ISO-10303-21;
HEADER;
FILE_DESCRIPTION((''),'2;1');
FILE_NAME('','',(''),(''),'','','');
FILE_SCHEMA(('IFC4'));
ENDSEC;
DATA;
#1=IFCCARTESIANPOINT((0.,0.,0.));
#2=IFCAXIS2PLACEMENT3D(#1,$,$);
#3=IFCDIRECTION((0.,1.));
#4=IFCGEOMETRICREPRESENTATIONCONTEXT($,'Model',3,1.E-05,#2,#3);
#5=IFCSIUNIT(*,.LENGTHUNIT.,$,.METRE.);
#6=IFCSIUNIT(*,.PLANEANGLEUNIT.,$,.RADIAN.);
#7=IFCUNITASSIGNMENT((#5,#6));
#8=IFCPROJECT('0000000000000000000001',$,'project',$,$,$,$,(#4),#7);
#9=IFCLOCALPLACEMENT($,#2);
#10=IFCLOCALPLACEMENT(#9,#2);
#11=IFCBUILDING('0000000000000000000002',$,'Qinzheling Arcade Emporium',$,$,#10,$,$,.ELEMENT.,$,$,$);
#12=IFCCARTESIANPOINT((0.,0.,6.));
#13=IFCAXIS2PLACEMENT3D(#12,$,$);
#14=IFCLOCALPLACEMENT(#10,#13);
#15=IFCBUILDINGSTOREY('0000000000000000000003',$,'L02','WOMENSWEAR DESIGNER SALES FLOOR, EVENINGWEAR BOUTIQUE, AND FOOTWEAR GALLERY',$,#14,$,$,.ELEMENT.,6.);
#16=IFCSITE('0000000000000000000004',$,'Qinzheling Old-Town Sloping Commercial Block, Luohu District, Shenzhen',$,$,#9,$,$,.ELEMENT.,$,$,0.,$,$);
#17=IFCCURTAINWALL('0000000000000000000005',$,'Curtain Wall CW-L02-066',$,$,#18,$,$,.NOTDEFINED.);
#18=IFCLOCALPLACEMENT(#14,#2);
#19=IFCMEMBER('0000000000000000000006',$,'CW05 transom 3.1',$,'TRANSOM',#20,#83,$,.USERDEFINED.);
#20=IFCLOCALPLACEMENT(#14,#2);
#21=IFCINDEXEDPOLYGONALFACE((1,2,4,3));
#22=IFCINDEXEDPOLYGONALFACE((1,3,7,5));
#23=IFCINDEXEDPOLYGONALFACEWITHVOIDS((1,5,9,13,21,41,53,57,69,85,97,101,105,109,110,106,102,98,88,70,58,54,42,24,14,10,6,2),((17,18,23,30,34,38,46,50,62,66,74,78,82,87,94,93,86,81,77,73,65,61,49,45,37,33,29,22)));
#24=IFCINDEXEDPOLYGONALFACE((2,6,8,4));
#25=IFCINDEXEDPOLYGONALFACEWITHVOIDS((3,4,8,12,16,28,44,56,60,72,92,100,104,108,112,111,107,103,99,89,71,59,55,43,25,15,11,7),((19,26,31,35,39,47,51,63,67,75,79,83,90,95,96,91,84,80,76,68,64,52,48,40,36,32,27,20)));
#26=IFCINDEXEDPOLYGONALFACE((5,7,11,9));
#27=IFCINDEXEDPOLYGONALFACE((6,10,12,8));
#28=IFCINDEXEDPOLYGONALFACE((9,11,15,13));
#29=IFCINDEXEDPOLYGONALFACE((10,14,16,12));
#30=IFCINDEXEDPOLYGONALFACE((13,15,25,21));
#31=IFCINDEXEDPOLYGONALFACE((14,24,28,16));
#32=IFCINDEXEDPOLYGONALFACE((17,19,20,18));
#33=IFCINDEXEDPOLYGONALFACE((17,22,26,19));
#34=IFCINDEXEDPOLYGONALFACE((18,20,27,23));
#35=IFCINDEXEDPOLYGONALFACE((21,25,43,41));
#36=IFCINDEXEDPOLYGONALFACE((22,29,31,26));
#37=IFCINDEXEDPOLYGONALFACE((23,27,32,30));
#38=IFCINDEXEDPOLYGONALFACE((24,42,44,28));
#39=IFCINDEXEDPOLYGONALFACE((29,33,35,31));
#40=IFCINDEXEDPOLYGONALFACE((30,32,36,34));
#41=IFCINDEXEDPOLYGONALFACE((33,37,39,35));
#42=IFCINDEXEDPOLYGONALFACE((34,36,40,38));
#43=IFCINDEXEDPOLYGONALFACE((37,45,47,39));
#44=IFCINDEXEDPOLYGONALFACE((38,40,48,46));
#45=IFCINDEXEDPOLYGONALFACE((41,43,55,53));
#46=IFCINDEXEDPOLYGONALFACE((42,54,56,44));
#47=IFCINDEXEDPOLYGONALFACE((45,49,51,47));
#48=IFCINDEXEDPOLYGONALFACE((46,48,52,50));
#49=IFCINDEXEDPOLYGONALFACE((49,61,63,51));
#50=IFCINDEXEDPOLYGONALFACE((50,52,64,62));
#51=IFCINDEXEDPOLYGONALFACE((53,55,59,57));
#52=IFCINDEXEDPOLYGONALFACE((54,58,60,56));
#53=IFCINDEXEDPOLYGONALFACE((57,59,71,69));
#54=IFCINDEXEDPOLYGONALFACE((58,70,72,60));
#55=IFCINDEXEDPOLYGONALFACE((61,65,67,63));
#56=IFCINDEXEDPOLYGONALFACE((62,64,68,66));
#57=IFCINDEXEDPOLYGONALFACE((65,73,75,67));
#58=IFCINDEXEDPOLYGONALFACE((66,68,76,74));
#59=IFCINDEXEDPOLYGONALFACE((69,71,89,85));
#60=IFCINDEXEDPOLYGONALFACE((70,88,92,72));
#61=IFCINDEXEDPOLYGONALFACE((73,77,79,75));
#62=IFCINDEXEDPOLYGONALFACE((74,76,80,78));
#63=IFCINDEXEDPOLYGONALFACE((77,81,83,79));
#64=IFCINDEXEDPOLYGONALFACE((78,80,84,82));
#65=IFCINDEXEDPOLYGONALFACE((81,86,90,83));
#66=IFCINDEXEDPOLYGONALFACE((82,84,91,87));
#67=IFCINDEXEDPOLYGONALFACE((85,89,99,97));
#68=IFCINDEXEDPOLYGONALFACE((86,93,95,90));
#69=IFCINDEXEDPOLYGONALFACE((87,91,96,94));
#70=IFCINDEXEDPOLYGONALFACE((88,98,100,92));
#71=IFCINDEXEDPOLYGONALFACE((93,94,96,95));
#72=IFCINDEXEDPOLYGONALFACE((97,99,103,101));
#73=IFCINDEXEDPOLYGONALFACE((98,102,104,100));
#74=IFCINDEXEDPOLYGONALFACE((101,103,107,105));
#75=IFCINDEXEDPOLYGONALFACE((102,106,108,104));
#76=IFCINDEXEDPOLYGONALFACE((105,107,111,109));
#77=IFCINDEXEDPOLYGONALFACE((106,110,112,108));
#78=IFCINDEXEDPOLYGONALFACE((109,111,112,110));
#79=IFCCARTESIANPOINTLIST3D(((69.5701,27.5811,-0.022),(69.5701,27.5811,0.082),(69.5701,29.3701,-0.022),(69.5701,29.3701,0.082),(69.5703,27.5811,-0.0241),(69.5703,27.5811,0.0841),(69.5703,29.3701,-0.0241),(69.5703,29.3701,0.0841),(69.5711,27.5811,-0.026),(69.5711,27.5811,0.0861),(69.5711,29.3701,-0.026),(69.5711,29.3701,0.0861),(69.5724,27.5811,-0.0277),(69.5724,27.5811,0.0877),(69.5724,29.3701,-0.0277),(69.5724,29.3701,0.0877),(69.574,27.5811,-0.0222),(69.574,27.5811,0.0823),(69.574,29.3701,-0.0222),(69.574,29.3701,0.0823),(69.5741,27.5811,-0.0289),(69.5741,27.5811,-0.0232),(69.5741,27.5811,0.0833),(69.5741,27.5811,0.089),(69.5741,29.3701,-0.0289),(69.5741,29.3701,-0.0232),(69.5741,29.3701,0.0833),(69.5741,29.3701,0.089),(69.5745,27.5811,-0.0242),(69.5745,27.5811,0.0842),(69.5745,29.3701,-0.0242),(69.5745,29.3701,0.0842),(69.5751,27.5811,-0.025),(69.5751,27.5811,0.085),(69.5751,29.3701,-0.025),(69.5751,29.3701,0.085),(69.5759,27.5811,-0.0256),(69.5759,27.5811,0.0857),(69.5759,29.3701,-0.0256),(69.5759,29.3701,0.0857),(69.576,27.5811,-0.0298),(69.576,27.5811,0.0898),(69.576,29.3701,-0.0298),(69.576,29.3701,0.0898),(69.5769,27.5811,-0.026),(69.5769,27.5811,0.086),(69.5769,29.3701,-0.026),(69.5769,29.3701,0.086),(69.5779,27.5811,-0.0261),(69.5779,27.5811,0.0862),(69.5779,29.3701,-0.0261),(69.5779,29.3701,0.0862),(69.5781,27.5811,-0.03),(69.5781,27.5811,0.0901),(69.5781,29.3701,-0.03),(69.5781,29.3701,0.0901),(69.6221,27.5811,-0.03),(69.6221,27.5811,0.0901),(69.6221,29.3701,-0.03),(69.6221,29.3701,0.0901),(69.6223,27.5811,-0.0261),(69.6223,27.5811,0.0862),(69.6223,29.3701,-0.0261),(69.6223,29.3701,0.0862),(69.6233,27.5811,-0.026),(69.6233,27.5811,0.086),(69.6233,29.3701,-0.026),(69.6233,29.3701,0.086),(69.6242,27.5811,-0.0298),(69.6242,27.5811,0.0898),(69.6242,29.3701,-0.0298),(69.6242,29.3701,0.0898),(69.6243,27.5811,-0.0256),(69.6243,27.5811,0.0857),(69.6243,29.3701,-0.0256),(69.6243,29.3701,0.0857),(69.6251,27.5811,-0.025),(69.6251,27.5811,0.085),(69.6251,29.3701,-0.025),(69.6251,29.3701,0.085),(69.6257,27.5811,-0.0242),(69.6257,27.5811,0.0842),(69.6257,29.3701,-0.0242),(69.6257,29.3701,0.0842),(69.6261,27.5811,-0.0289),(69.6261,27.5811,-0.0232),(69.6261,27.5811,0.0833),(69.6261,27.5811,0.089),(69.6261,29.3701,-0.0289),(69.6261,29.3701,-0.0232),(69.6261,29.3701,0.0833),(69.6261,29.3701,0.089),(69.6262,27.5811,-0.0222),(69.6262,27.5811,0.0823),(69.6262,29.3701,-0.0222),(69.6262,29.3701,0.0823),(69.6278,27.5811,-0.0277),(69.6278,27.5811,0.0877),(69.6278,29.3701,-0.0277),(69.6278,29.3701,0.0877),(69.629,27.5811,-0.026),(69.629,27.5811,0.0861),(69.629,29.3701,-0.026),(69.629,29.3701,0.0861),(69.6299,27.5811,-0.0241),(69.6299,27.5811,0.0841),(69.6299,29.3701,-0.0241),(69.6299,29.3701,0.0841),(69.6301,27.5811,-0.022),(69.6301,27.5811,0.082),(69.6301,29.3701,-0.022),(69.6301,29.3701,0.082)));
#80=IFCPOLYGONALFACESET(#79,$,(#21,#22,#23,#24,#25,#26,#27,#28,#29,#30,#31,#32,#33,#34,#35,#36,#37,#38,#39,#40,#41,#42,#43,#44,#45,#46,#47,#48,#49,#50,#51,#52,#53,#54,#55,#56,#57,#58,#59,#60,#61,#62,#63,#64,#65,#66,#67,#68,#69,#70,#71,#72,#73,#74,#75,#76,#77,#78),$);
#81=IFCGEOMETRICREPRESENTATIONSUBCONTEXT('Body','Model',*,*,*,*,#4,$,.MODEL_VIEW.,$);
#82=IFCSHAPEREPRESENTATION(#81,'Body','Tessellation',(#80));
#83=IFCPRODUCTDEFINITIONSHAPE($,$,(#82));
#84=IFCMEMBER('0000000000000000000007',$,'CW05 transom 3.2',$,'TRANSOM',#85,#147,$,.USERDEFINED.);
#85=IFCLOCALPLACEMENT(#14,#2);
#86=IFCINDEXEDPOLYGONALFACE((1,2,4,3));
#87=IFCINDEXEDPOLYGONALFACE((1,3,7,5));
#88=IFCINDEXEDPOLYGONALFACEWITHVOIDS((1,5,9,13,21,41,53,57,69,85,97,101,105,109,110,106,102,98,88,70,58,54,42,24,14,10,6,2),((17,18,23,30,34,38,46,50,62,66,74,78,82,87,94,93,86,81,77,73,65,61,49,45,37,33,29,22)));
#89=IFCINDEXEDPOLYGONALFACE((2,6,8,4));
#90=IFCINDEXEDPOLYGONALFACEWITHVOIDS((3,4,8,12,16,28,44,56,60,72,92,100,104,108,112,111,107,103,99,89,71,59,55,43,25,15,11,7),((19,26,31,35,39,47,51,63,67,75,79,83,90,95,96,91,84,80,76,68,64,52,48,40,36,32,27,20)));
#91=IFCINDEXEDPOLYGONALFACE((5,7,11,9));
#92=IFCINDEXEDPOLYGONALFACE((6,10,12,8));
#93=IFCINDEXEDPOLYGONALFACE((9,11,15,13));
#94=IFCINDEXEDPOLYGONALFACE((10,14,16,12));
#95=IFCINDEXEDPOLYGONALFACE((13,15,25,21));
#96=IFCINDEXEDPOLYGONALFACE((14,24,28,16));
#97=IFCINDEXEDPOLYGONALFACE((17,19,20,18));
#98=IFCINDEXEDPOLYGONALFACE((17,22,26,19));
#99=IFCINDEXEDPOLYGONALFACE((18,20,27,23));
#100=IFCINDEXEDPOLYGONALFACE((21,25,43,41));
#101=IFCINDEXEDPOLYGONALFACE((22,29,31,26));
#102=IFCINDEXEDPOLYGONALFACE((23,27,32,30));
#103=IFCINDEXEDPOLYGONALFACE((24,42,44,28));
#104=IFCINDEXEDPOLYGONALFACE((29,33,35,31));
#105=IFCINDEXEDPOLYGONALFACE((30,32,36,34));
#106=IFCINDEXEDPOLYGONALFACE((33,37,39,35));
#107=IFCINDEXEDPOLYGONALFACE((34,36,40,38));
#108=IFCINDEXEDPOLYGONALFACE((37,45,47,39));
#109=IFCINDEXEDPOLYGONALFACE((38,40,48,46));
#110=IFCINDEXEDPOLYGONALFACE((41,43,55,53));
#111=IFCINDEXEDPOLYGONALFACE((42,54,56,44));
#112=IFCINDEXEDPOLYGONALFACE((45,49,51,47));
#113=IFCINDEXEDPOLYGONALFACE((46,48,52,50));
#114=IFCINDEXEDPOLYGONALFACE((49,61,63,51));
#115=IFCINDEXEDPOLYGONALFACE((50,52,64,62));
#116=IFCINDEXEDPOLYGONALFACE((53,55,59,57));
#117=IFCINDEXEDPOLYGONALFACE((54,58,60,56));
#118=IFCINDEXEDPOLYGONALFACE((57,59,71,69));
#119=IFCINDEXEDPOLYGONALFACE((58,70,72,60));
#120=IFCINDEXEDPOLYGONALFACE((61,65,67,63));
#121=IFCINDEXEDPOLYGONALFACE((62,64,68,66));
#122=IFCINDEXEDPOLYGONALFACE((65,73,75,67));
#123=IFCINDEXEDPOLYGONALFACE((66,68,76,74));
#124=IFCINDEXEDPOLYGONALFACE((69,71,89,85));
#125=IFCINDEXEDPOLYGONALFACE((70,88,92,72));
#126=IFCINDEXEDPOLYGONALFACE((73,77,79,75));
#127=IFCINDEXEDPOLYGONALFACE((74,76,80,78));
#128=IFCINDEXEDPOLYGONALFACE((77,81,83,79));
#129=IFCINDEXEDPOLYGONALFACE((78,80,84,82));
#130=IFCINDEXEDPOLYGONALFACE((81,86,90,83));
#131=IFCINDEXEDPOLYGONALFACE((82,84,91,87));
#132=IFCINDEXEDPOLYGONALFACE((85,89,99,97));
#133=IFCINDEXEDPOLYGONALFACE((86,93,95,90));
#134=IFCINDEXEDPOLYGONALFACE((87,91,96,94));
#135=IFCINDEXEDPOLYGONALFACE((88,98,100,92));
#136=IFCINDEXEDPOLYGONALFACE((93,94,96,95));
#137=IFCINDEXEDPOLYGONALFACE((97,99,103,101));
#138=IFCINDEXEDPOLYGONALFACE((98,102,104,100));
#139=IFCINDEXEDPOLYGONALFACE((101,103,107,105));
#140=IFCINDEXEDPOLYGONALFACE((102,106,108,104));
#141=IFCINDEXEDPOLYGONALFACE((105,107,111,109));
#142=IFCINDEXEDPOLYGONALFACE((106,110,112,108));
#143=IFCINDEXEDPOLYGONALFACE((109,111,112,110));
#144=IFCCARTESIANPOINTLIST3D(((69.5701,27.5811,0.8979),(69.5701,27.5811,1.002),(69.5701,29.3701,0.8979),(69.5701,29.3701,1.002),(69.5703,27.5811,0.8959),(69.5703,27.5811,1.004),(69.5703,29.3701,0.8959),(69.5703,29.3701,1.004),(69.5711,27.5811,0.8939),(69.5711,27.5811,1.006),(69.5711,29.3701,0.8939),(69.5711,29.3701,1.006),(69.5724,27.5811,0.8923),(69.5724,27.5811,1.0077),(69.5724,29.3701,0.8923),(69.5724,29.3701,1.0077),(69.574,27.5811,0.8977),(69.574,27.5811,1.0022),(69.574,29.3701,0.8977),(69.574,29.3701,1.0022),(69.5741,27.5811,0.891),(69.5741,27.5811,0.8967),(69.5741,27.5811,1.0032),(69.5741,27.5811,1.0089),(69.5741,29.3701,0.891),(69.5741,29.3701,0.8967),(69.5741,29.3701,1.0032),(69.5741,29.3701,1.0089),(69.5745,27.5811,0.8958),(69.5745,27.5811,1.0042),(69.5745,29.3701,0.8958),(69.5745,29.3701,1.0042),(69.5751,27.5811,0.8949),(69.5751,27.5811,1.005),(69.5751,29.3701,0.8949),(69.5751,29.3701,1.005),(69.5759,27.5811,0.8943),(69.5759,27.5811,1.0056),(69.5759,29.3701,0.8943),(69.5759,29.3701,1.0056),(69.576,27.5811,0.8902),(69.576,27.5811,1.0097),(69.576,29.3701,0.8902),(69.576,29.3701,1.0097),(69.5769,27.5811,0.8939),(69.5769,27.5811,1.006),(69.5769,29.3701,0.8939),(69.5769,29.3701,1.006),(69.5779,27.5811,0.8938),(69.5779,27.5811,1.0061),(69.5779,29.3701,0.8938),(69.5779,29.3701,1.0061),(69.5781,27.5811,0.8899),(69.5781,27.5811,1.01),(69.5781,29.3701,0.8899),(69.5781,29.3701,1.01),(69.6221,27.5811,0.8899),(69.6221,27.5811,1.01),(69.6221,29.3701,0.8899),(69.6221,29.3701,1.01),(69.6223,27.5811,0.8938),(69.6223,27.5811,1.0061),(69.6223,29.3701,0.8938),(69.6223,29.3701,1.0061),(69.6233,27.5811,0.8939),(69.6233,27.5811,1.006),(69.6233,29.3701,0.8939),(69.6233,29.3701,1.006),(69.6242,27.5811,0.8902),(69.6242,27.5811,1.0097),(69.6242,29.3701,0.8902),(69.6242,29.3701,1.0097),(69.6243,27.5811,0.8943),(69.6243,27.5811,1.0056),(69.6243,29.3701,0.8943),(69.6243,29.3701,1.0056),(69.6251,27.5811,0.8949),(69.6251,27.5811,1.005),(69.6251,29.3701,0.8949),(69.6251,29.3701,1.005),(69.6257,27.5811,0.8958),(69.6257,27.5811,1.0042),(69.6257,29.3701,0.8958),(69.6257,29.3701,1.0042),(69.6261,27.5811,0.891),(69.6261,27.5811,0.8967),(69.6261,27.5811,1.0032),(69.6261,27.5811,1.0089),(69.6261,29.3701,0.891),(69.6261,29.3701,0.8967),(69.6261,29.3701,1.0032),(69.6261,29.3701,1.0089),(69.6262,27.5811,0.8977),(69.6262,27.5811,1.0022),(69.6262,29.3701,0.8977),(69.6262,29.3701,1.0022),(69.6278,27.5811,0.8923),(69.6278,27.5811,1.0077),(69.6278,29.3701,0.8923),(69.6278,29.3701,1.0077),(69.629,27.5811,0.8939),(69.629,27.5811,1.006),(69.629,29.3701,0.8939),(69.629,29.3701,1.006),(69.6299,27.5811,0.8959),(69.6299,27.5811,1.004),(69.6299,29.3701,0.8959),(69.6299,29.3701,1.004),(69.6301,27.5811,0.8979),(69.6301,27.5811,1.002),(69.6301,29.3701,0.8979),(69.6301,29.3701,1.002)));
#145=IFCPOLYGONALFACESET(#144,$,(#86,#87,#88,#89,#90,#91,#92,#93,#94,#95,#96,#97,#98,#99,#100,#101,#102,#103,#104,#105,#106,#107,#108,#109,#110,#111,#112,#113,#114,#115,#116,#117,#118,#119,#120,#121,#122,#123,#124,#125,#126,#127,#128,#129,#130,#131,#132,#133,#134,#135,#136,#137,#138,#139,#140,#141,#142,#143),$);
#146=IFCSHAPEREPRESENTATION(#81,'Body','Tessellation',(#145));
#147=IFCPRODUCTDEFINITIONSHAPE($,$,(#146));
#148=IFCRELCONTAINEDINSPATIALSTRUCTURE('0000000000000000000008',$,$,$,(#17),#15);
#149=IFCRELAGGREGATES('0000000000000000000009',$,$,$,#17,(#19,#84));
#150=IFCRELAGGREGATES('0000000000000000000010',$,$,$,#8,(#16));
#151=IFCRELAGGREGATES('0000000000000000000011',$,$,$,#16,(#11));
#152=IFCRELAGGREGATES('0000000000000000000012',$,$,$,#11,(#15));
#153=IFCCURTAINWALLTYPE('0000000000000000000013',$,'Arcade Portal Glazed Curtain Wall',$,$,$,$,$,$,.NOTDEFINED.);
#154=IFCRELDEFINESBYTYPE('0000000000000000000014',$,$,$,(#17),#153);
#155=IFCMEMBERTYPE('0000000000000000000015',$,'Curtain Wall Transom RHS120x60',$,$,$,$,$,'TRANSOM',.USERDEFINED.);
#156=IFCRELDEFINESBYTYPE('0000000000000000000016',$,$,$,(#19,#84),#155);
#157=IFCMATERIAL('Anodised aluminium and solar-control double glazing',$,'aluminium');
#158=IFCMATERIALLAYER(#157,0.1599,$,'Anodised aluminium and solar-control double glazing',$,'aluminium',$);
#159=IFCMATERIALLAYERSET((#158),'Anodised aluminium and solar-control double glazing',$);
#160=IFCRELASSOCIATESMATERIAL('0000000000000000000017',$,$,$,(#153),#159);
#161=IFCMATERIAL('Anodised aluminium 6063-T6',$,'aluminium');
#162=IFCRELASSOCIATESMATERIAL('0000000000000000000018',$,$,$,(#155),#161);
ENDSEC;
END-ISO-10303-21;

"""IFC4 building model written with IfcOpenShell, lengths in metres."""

from ifc_helpers import new_model, si_unit, direction, frame, origin, origin_2d, place, context, subcontext, project, spatial, hollow_rectangle, extrude, material, layer, layer_set, material_profile, profile_set, type_object, element, aggregate, save


model = new_model("IFC4")

# Units and contexts
model_context = context("Model", 3, precision=1e-05, world=origin(), true_north=direction((0.0, 1.0)))
body_context = subcontext(model_context, "Body", "Model", "MODEL_VIEW")
ifc_project = project(units=[si_unit("LENGTHUNIT", "METRE"), si_unit("PLANEANGLEUNIT", "RADIAN")], contexts=[model_context])

# Site, building, storey
site_placement = place(None, origin())
site = spatial("IfcSite", under=ifc_project, at=site_placement, Name="Qinzheling Old-Town Sloping Commercial Block, Luohu District, Shenzhen", CompositionType="ELEMENT", RefElevation=0.0)
building_placement = place(site_placement, origin())
building = spatial("IfcBuilding", under=site, at=building_placement, Name="Qinzheling Arcade Emporium", CompositionType="ELEMENT")
storey_placement = place(building_placement, frame((0.0, 0.0, 6.0)))
storey = spatial("IfcBuildingStorey", under=building, at=storey_placement, Name="L02", Description="WOMENSWEAR DESIGNER SALES FLOOR, EVENINGWEAR BOUTIQUE, AND FOOTWEAR GALLERY", CompositionType="ELEMENT", Elevation=6.0)

# Curtain wall, members
ifc_material_1 = material(Name="Anodised aluminium and solar-control double glazing", Category="aluminium")
ifc_layer_1 = layer(ifc_material_1, 0.1599, Name="Anodised aluminium and solar-control double glazing", Category="aluminium")
ifc_layer_set_1 = layer_set([ifc_layer_1], Name="Anodised aluminium and solar-control double glazing")
curtain_wall_type = type_object("IfcCurtainWallType", Name="Arcade Portal Glazed Curtain Wall", PredefinedType="NOTDEFINED", material=ifc_layer_set_1)
curtain_wall_placement = place(storey_placement, origin())
curtain_wall = element("IfcCurtainWall", 1, at=curtain_wall_placement, inside=storey, type_object=curtain_wall_type, Name="Curtain Wall CW-L02-066", PredefinedType="NOTDEFINED")
ifc_material_2 = material(Name="Anodised aluminium 6063-T6", Category="aluminium")
ifc_material_profile_1 = material_profile(ifc_material_2, hollow_rectangle(XDim=0.0601, YDim=0.1201, WallThickness=0.0039, InnerFilletRadius=0.0039, OuterFilletRadius=0.0081, at=origin_2d()), Name="RHS 120x60x4", Category="aluminium")
ifc_profile_set_1 = profile_set([ifc_material_profile_1], Name="Anodised aluminium 6063-T6")
member_type_1 = type_object("IfcMemberType", Name="Curtain Wall Transom RHS120x60", ElementType="TRANSOM", PredefinedType="USERDEFINED", material=ifc_profile_set_1)
member_1_placement = place(storey_placement, frame((69.6001, 29.3701, 0.03), z_axis=(0.0, -1.0, 0.0), x_axis=(1.0, 0.0, 0.0)))
member_1 = element("IfcMember", 2, at=member_1_placement, type_object=member_type_1, Name="CW05 transom 3.1", ObjectType="TRANSOM", PredefinedType="USERDEFINED", context=body_context, shape_type="SweptSolid", body=[
    extrude(hollow_rectangle(XDim=0.0601, YDim=0.1201, WallThickness=0.0039, InnerFilletRadius=0.0039, OuterFilletRadius=0.0081, at=origin_2d()), origin(), (0.0, 0.0, 1.0), 1.7891),
])
member_2_placement = place(storey_placement, frame((69.6001, 29.3701, 0.95), z_axis=(0.0, -1.0, 0.0), x_axis=(1.0, 0.0, 0.0)))
member_2 = element("IfcMember", 3, at=member_2_placement, type_object=member_type_1, Name="CW05 transom 3.2", ObjectType="TRANSOM", PredefinedType="USERDEFINED", context=body_context, shape_type="SweptSolid", body=[
    extrude(hollow_rectangle(XDim=0.0601, YDim=0.1201, WallThickness=0.0039, InnerFilletRadius=0.0039, OuterFilletRadius=0.0081, at=origin_2d()), origin(), (0.0, 0.0, 1.0), 1.7891),
])
aggregate(curtain_wall, [member_1, member_2])

save(model, "model.ifc")
